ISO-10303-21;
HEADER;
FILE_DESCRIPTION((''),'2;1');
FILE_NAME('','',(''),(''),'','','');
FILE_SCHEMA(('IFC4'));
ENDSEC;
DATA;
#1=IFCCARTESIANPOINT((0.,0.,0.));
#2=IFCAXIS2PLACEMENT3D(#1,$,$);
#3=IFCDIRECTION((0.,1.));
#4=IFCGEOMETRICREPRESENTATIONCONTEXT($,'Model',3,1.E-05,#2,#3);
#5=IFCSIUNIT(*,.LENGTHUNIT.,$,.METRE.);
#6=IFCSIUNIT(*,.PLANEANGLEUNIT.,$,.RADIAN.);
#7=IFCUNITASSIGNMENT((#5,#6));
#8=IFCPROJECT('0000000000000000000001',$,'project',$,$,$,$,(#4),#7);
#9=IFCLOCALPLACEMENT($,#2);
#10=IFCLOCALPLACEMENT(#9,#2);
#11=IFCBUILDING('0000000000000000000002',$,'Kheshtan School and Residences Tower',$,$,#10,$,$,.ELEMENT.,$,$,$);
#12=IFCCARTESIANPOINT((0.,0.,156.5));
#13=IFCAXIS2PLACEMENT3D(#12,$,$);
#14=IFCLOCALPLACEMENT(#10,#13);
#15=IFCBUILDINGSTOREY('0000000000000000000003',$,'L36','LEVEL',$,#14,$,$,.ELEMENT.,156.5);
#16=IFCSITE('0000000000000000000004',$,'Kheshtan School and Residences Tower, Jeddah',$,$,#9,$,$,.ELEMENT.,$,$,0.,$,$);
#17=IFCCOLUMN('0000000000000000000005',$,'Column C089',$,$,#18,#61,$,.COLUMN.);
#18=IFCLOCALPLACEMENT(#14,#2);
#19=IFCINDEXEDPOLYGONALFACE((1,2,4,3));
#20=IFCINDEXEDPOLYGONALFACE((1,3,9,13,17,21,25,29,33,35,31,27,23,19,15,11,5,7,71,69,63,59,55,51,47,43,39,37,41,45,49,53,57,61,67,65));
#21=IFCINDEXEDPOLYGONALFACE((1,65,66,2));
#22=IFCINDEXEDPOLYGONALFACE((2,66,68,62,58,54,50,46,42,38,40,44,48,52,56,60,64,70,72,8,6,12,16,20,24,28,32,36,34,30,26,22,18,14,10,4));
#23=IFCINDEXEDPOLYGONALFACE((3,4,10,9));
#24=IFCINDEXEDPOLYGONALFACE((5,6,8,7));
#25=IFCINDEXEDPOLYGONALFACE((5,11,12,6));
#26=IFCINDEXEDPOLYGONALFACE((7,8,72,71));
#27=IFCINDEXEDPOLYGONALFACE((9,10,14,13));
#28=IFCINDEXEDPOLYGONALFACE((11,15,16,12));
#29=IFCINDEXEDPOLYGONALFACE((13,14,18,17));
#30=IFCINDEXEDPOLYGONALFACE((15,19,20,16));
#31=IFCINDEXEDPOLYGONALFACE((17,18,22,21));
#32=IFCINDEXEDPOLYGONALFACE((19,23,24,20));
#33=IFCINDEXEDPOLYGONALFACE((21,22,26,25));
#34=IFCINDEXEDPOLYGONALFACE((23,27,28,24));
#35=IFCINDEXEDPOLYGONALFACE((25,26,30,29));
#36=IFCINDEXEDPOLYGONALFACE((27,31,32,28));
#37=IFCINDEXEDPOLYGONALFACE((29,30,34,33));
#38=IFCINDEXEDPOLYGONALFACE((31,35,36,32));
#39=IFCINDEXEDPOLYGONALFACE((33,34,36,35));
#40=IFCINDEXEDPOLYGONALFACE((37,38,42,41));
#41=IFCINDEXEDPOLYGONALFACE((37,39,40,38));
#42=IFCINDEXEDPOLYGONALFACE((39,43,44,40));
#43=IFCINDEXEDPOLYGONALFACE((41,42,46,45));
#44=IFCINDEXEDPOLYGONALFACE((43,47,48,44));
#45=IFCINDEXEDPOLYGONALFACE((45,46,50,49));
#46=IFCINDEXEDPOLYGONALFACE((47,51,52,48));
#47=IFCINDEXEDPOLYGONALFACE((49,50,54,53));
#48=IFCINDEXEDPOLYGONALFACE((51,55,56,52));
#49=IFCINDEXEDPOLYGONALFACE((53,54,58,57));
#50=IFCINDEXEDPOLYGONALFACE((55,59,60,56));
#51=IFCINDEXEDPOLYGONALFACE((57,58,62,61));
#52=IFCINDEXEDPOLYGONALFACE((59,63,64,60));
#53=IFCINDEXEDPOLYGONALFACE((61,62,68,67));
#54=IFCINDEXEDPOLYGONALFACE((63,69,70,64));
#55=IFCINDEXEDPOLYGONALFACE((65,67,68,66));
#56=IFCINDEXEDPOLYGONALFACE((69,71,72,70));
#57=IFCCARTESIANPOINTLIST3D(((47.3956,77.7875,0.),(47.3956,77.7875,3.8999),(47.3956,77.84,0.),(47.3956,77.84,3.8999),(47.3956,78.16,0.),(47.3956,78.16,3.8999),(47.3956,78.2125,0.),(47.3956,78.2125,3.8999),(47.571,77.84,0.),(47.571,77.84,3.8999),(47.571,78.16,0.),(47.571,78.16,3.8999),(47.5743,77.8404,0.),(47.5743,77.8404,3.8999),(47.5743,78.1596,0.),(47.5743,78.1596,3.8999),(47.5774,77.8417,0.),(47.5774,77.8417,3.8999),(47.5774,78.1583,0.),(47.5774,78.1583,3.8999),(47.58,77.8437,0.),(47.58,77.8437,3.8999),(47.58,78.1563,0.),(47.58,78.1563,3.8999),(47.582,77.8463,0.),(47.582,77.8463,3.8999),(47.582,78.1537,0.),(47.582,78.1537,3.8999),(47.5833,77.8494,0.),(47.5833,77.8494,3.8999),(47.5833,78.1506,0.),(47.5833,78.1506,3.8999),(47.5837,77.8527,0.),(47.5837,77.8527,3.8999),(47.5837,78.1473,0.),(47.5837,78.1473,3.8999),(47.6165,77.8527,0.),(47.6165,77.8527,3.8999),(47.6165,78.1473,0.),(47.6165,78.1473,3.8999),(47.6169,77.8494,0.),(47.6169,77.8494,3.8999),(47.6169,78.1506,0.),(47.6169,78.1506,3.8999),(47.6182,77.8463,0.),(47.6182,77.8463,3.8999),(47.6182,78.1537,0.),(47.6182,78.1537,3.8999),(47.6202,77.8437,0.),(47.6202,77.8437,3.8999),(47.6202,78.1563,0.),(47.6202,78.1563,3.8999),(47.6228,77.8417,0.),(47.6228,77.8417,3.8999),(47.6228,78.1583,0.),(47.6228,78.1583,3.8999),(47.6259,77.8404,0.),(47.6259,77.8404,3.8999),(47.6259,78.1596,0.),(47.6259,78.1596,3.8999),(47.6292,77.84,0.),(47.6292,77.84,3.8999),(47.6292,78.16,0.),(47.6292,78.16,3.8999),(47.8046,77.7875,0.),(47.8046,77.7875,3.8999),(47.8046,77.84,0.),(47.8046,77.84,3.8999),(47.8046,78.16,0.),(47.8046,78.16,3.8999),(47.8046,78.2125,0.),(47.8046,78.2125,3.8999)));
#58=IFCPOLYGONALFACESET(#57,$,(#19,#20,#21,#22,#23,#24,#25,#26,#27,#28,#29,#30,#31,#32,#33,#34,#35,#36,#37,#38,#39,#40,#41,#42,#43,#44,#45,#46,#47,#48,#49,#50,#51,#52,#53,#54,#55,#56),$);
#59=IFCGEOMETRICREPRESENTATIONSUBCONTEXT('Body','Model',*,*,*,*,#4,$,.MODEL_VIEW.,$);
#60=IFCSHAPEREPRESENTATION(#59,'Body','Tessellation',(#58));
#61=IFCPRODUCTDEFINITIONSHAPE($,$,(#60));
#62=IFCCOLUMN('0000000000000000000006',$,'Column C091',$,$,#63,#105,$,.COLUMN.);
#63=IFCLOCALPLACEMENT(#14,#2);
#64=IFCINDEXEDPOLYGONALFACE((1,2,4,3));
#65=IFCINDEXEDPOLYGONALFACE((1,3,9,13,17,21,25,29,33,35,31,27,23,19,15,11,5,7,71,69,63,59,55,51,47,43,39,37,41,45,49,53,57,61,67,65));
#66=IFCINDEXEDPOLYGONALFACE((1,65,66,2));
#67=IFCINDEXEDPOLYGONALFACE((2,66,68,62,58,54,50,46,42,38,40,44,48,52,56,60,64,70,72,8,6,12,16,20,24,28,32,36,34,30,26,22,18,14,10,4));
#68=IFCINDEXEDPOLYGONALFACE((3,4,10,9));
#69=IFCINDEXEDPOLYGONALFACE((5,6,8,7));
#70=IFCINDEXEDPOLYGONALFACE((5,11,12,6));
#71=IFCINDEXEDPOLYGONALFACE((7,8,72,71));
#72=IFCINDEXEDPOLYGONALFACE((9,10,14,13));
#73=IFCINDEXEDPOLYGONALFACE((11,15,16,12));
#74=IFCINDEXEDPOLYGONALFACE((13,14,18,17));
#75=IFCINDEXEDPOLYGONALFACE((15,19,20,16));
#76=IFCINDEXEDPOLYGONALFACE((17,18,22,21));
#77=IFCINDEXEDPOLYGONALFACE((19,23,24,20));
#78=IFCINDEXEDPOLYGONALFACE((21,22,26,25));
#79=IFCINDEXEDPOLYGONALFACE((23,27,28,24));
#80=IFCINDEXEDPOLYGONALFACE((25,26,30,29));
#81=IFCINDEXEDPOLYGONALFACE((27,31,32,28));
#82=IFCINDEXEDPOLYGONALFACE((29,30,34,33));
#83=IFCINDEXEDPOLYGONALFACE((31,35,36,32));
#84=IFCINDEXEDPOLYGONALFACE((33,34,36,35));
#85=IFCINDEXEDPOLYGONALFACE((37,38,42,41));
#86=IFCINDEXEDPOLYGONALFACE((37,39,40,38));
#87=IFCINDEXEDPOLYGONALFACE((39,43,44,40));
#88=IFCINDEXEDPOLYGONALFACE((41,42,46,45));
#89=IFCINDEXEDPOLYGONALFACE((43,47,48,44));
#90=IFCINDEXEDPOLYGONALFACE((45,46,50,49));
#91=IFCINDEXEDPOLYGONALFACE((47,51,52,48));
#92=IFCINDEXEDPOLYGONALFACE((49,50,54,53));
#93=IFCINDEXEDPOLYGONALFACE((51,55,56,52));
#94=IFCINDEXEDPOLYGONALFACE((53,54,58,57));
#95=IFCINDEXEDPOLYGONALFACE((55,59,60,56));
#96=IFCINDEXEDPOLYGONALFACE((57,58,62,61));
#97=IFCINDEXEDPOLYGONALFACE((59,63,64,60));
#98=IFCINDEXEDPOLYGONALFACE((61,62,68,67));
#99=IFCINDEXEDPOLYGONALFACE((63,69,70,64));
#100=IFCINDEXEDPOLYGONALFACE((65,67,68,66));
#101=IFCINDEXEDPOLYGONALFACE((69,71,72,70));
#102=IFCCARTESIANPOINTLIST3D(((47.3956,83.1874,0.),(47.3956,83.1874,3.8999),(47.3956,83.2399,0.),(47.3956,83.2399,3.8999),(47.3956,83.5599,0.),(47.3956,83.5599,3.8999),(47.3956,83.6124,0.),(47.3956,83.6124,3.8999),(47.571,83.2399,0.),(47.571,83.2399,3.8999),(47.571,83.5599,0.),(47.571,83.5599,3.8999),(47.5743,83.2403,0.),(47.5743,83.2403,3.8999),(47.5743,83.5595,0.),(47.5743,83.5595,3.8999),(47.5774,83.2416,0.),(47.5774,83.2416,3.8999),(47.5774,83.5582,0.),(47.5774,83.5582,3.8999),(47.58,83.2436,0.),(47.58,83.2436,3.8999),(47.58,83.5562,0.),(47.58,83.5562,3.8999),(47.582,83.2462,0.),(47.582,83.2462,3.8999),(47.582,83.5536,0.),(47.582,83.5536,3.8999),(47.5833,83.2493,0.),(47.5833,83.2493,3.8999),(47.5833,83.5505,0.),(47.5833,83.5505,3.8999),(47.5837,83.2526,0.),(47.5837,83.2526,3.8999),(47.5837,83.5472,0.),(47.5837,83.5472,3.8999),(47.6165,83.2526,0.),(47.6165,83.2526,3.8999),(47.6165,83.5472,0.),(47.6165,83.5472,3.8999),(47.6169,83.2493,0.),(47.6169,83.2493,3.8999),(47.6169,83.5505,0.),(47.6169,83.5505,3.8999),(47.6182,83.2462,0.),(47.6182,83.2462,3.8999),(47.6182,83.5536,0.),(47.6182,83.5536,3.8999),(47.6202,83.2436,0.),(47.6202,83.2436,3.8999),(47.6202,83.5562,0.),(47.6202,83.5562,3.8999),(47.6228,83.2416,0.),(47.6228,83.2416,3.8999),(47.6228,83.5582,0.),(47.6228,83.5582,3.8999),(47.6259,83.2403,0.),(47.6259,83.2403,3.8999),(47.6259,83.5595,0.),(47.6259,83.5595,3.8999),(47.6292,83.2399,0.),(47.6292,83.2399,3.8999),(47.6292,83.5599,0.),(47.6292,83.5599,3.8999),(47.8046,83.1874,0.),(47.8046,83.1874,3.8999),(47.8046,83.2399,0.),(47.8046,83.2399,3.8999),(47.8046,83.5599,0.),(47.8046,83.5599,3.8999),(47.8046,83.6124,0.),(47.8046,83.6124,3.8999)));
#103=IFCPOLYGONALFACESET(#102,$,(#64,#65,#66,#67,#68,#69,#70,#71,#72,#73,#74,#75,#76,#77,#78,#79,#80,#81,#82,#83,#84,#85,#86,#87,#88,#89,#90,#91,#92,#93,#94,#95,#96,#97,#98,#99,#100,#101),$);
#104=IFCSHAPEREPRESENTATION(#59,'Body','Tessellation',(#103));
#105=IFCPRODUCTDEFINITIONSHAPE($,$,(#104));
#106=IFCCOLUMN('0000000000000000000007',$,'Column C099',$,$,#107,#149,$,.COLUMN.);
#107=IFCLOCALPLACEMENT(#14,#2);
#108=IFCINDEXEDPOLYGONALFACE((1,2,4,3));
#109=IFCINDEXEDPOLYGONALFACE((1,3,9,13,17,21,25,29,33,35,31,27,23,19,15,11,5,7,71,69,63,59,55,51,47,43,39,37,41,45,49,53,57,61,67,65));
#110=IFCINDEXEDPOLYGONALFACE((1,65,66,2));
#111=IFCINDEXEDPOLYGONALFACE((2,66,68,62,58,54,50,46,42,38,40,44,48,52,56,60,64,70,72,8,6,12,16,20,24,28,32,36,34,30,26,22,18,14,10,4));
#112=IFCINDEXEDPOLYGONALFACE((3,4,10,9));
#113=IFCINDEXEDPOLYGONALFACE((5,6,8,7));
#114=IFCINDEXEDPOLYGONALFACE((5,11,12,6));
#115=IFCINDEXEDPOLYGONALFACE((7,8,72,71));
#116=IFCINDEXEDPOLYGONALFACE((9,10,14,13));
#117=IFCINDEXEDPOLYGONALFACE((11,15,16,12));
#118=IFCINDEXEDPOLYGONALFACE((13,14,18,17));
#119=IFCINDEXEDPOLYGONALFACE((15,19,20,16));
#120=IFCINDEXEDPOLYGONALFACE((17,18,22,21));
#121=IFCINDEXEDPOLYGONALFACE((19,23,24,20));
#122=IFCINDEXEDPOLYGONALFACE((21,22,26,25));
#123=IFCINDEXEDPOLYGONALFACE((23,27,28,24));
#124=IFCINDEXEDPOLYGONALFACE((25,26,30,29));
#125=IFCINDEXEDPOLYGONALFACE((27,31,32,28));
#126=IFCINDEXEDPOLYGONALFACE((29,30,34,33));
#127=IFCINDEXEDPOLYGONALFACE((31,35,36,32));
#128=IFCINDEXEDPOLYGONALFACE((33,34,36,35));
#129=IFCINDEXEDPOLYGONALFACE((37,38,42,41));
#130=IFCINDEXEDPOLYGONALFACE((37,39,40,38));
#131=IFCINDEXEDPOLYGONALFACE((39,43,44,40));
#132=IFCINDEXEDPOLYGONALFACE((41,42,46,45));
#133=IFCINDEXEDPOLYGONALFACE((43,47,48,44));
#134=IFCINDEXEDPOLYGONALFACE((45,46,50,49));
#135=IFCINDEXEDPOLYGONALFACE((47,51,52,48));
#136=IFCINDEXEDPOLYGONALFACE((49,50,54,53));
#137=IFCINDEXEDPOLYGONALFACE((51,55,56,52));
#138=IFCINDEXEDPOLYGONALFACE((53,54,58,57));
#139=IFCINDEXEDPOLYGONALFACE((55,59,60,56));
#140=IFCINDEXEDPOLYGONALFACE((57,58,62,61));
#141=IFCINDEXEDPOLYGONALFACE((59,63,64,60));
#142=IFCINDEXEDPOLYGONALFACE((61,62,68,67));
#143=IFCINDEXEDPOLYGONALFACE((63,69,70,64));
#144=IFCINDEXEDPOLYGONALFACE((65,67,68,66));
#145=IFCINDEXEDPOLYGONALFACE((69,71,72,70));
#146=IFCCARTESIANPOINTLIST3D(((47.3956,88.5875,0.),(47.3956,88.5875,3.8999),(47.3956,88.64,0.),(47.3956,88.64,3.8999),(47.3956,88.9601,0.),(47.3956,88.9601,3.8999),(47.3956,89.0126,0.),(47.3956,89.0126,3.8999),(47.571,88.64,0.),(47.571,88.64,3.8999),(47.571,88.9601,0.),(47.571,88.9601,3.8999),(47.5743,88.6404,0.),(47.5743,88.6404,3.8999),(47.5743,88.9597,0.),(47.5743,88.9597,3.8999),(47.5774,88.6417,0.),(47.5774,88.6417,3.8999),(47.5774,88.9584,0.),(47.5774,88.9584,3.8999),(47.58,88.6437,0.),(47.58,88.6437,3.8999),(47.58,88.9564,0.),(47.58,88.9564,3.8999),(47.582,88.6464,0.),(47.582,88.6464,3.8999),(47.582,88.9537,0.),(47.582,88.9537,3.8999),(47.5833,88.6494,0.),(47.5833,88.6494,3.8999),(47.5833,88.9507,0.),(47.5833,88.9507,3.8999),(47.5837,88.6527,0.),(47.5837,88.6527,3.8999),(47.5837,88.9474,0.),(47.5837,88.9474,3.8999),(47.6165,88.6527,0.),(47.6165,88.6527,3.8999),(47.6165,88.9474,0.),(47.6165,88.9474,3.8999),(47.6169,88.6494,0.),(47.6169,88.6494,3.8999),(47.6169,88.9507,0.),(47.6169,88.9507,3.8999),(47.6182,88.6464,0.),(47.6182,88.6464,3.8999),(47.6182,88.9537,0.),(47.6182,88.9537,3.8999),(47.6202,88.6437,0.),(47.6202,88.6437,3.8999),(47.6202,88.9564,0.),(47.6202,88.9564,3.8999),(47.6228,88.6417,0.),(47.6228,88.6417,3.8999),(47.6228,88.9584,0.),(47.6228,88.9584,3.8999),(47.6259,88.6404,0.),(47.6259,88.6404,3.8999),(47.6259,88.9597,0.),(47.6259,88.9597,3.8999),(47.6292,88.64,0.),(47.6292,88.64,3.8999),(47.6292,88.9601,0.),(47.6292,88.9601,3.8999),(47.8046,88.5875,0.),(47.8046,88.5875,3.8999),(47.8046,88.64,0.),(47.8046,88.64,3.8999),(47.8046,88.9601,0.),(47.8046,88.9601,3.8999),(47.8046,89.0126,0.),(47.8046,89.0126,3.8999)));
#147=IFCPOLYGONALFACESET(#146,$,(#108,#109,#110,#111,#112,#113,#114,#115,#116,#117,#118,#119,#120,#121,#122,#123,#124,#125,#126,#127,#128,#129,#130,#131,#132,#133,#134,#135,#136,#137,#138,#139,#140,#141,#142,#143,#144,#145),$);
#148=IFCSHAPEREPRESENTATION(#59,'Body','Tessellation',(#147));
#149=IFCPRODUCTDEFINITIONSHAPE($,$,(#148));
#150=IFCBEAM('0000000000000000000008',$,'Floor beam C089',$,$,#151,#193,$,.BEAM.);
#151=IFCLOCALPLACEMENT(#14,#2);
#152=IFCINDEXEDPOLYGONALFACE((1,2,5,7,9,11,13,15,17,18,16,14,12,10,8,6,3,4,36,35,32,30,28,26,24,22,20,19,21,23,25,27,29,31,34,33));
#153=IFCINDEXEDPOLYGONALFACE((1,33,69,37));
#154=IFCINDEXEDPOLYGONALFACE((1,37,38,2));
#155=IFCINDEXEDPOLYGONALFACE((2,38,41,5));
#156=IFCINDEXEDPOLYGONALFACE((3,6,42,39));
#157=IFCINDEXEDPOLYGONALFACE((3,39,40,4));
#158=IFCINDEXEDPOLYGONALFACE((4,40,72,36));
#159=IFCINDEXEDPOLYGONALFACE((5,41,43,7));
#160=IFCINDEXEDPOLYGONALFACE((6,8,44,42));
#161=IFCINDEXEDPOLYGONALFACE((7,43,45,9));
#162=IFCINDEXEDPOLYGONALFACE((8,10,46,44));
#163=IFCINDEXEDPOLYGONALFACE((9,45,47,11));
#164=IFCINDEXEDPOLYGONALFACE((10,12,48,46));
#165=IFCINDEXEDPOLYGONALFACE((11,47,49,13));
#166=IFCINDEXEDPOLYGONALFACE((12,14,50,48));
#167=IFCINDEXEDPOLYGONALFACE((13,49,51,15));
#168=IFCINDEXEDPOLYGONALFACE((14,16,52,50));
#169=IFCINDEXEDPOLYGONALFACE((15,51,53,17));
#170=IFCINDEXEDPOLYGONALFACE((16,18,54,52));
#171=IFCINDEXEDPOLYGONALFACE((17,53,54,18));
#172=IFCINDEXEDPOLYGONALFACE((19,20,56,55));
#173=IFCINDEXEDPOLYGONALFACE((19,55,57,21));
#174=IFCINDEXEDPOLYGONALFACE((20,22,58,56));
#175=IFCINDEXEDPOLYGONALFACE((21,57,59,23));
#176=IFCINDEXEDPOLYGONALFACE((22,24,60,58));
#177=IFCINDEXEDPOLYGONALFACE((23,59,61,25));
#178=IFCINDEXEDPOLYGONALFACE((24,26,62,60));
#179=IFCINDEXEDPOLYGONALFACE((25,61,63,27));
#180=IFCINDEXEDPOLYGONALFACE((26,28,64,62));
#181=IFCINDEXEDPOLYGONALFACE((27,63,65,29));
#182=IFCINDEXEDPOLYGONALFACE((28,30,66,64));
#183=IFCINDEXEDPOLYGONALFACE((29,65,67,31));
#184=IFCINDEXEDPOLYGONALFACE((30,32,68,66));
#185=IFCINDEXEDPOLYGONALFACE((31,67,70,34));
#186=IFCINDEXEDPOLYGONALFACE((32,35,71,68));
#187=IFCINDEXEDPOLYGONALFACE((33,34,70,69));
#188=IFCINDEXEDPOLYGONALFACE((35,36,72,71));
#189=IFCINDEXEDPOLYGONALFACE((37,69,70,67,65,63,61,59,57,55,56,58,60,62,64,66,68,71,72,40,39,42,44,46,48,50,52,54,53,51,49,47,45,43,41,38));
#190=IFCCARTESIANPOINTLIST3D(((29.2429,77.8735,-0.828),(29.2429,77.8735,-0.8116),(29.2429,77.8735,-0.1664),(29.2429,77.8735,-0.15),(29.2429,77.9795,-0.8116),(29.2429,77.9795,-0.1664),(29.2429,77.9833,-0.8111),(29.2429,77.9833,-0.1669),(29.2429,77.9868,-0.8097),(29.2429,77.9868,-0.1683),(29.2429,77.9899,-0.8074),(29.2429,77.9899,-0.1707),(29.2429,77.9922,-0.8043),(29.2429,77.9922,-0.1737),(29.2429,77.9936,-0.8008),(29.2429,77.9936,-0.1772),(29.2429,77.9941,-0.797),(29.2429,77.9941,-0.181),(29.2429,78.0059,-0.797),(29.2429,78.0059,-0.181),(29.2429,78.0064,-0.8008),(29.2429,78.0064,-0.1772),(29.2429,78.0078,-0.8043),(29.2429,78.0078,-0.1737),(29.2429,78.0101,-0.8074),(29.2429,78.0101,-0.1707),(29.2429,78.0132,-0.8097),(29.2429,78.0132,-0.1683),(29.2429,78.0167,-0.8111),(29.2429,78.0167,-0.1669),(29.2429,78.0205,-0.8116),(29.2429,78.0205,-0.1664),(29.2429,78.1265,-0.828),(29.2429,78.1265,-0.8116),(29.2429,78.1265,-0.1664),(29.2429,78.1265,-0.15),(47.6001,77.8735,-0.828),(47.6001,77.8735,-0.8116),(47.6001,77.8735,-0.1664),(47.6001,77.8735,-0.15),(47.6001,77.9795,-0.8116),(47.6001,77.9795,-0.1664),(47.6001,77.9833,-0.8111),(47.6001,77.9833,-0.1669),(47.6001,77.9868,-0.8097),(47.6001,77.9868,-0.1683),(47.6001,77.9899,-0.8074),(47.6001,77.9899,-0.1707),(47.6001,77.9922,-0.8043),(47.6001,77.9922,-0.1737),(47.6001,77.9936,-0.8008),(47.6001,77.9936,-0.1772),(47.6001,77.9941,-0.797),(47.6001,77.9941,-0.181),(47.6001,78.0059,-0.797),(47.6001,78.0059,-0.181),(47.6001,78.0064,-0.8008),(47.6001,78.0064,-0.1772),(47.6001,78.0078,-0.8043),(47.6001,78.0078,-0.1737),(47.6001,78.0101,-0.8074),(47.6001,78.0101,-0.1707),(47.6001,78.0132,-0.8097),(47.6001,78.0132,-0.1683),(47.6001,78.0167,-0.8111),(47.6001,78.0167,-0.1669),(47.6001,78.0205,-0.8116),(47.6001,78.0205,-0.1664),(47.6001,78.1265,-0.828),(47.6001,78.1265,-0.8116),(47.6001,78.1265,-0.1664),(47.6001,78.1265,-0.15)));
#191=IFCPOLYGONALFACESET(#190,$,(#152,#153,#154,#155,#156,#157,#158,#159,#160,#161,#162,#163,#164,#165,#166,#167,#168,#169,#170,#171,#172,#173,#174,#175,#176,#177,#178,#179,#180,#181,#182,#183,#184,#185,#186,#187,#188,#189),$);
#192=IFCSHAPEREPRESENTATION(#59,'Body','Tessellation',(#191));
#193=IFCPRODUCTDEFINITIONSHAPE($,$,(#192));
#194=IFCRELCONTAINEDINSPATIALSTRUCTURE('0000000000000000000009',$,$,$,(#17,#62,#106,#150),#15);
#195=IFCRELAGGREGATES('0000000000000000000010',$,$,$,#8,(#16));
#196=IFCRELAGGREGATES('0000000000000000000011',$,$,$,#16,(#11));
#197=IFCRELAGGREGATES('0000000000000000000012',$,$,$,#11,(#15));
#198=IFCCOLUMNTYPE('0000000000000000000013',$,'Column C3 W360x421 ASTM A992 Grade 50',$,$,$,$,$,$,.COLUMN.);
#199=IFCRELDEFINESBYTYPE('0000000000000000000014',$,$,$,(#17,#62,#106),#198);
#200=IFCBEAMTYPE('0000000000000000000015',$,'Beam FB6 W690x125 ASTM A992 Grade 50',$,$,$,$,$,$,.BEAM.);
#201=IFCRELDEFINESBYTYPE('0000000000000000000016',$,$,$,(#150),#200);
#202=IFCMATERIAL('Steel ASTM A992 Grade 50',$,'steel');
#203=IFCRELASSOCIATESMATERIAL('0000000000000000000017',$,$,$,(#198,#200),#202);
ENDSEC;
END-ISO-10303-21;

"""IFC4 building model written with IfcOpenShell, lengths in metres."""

from ifc_helpers import new_model, si_unit, direction, frame, origin, origin_2d, place, context, subcontext, project, spatial, i_section, extrude, material, material_profile, profile_set, type_object, element, save


model = new_model("IFC4")

# Units and contexts
model_context = context("Model", 3, precision=1e-05, world=origin(), true_north=direction((0.0, 1.0)))
body_context = subcontext(model_context, "Body", "Model", "MODEL_VIEW")
ifc_project = project(units=[si_unit("LENGTHUNIT", "METRE"), si_unit("PLANEANGLEUNIT", "RADIAN")], contexts=[model_context])

# Site, building, storey
site_placement = place(None, origin())
site = spatial("IfcSite", under=ifc_project, at=site_placement, Name="Kheshtan School and Residences Tower, Jeddah", CompositionType="ELEMENT", RefElevation=0.0)
building_placement = place(site_placement, origin())
building = spatial("IfcBuilding", under=site, at=building_placement, Name="Kheshtan School and Residences Tower", CompositionType="ELEMENT")
storey_placement = place(building_placement, frame((0.0, 0.0, 156.5)))
storey = spatial("IfcBuildingStorey", under=building, at=storey_placement, Name="L36", Description="LEVEL", CompositionType="ELEMENT", Elevation=156.5)

# Columns
ifc_material_1 = material(Name="Steel ASTM A992 Grade 50", Category="steel")
ifc_material_profile_1 = material_profile(ifc_material_1, i_section(OverallWidth=0.4089, OverallDepth=0.425, WebThickness=0.0327, FlangeThickness=0.0525, FilletRadius=0.0127, at=origin_2d()), Name="W360x421")
ifc_profile_set_1 = profile_set([ifc_material_profile_1], Name="Steel ASTM A992 Grade 50")
column_type = type_object("IfcColumnType", Name="Column C3 W360x421 ASTM A992 Grade 50", PredefinedType="COLUMN", material=ifc_profile_set_1)
for number, where, z_axis, x_axis, name in (
    (1, (47.6001, 78.0, 0.0), (0.0, 0.0, 1.0), (1.0, 0.0, 0.0), "Column C089"),
    (2, (47.6001, 83.3999, 0.0), (0.0, 0.0, 1.0), (1.0, 0.0, 0.0), "Column C091"),
    (3, (47.6001, 88.8, 0.0), (0.0, 0.0, 1.0), (1.0, 0.0, 0.0), "Column C099"),
):
    element("IfcColumn", number, at=place(storey_placement, frame(where, z_axis=z_axis, x_axis=x_axis)), inside=storey, type_object=column_type, Name=name, PredefinedType="COLUMN", context=body_context, shape_type="SweptSolid", body=[
        extrude(i_section(OverallWidth=0.4089, OverallDepth=0.425, WebThickness=0.0327, FlangeThickness=0.0525, FilletRadius=0.0127, at=origin_2d()), origin(), (0.0, 0.0, 1.0), 3.8999),
    ])

# Beam
ifc_material_profile_2 = material_profile(ifc_material_1, i_section(OverallWidth=0.2529, OverallDepth=0.678, WebThickness=0.0117, FlangeThickness=0.0164, FilletRadius=0.0146, at=origin_2d()), Name="W690x125")
ifc_profile_set_2 = profile_set([ifc_material_profile_2], Name="Steel ASTM A992 Grade 50")
beam_type_1 = type_object("IfcBeamType", Name="Beam FB6 W690x125 ASTM A992 Grade 50", PredefinedType="BEAM", material=ifc_profile_set_2)
beam_1_placement = place(storey_placement, frame((47.6001, 78.0, -0.489), z_axis=(-1.0, 0.0, 0.0), x_axis=(0.0, -1.0, 0.0)))
element("IfcBeam", 4, at=beam_1_placement, inside=storey, type_object=beam_type_1, Name="Floor beam C089", PredefinedType="BEAM", context=body_context, shape_type="SweptSolid", body=[
    extrude(i_section(OverallWidth=0.2529, OverallDepth=0.678, WebThickness=0.0117, FlangeThickness=0.0164, FilletRadius=0.0146, at=origin_2d()), origin(), (0.0, 0.0, 1.0), 18.3572),
])

save(model, "model.ifc")
